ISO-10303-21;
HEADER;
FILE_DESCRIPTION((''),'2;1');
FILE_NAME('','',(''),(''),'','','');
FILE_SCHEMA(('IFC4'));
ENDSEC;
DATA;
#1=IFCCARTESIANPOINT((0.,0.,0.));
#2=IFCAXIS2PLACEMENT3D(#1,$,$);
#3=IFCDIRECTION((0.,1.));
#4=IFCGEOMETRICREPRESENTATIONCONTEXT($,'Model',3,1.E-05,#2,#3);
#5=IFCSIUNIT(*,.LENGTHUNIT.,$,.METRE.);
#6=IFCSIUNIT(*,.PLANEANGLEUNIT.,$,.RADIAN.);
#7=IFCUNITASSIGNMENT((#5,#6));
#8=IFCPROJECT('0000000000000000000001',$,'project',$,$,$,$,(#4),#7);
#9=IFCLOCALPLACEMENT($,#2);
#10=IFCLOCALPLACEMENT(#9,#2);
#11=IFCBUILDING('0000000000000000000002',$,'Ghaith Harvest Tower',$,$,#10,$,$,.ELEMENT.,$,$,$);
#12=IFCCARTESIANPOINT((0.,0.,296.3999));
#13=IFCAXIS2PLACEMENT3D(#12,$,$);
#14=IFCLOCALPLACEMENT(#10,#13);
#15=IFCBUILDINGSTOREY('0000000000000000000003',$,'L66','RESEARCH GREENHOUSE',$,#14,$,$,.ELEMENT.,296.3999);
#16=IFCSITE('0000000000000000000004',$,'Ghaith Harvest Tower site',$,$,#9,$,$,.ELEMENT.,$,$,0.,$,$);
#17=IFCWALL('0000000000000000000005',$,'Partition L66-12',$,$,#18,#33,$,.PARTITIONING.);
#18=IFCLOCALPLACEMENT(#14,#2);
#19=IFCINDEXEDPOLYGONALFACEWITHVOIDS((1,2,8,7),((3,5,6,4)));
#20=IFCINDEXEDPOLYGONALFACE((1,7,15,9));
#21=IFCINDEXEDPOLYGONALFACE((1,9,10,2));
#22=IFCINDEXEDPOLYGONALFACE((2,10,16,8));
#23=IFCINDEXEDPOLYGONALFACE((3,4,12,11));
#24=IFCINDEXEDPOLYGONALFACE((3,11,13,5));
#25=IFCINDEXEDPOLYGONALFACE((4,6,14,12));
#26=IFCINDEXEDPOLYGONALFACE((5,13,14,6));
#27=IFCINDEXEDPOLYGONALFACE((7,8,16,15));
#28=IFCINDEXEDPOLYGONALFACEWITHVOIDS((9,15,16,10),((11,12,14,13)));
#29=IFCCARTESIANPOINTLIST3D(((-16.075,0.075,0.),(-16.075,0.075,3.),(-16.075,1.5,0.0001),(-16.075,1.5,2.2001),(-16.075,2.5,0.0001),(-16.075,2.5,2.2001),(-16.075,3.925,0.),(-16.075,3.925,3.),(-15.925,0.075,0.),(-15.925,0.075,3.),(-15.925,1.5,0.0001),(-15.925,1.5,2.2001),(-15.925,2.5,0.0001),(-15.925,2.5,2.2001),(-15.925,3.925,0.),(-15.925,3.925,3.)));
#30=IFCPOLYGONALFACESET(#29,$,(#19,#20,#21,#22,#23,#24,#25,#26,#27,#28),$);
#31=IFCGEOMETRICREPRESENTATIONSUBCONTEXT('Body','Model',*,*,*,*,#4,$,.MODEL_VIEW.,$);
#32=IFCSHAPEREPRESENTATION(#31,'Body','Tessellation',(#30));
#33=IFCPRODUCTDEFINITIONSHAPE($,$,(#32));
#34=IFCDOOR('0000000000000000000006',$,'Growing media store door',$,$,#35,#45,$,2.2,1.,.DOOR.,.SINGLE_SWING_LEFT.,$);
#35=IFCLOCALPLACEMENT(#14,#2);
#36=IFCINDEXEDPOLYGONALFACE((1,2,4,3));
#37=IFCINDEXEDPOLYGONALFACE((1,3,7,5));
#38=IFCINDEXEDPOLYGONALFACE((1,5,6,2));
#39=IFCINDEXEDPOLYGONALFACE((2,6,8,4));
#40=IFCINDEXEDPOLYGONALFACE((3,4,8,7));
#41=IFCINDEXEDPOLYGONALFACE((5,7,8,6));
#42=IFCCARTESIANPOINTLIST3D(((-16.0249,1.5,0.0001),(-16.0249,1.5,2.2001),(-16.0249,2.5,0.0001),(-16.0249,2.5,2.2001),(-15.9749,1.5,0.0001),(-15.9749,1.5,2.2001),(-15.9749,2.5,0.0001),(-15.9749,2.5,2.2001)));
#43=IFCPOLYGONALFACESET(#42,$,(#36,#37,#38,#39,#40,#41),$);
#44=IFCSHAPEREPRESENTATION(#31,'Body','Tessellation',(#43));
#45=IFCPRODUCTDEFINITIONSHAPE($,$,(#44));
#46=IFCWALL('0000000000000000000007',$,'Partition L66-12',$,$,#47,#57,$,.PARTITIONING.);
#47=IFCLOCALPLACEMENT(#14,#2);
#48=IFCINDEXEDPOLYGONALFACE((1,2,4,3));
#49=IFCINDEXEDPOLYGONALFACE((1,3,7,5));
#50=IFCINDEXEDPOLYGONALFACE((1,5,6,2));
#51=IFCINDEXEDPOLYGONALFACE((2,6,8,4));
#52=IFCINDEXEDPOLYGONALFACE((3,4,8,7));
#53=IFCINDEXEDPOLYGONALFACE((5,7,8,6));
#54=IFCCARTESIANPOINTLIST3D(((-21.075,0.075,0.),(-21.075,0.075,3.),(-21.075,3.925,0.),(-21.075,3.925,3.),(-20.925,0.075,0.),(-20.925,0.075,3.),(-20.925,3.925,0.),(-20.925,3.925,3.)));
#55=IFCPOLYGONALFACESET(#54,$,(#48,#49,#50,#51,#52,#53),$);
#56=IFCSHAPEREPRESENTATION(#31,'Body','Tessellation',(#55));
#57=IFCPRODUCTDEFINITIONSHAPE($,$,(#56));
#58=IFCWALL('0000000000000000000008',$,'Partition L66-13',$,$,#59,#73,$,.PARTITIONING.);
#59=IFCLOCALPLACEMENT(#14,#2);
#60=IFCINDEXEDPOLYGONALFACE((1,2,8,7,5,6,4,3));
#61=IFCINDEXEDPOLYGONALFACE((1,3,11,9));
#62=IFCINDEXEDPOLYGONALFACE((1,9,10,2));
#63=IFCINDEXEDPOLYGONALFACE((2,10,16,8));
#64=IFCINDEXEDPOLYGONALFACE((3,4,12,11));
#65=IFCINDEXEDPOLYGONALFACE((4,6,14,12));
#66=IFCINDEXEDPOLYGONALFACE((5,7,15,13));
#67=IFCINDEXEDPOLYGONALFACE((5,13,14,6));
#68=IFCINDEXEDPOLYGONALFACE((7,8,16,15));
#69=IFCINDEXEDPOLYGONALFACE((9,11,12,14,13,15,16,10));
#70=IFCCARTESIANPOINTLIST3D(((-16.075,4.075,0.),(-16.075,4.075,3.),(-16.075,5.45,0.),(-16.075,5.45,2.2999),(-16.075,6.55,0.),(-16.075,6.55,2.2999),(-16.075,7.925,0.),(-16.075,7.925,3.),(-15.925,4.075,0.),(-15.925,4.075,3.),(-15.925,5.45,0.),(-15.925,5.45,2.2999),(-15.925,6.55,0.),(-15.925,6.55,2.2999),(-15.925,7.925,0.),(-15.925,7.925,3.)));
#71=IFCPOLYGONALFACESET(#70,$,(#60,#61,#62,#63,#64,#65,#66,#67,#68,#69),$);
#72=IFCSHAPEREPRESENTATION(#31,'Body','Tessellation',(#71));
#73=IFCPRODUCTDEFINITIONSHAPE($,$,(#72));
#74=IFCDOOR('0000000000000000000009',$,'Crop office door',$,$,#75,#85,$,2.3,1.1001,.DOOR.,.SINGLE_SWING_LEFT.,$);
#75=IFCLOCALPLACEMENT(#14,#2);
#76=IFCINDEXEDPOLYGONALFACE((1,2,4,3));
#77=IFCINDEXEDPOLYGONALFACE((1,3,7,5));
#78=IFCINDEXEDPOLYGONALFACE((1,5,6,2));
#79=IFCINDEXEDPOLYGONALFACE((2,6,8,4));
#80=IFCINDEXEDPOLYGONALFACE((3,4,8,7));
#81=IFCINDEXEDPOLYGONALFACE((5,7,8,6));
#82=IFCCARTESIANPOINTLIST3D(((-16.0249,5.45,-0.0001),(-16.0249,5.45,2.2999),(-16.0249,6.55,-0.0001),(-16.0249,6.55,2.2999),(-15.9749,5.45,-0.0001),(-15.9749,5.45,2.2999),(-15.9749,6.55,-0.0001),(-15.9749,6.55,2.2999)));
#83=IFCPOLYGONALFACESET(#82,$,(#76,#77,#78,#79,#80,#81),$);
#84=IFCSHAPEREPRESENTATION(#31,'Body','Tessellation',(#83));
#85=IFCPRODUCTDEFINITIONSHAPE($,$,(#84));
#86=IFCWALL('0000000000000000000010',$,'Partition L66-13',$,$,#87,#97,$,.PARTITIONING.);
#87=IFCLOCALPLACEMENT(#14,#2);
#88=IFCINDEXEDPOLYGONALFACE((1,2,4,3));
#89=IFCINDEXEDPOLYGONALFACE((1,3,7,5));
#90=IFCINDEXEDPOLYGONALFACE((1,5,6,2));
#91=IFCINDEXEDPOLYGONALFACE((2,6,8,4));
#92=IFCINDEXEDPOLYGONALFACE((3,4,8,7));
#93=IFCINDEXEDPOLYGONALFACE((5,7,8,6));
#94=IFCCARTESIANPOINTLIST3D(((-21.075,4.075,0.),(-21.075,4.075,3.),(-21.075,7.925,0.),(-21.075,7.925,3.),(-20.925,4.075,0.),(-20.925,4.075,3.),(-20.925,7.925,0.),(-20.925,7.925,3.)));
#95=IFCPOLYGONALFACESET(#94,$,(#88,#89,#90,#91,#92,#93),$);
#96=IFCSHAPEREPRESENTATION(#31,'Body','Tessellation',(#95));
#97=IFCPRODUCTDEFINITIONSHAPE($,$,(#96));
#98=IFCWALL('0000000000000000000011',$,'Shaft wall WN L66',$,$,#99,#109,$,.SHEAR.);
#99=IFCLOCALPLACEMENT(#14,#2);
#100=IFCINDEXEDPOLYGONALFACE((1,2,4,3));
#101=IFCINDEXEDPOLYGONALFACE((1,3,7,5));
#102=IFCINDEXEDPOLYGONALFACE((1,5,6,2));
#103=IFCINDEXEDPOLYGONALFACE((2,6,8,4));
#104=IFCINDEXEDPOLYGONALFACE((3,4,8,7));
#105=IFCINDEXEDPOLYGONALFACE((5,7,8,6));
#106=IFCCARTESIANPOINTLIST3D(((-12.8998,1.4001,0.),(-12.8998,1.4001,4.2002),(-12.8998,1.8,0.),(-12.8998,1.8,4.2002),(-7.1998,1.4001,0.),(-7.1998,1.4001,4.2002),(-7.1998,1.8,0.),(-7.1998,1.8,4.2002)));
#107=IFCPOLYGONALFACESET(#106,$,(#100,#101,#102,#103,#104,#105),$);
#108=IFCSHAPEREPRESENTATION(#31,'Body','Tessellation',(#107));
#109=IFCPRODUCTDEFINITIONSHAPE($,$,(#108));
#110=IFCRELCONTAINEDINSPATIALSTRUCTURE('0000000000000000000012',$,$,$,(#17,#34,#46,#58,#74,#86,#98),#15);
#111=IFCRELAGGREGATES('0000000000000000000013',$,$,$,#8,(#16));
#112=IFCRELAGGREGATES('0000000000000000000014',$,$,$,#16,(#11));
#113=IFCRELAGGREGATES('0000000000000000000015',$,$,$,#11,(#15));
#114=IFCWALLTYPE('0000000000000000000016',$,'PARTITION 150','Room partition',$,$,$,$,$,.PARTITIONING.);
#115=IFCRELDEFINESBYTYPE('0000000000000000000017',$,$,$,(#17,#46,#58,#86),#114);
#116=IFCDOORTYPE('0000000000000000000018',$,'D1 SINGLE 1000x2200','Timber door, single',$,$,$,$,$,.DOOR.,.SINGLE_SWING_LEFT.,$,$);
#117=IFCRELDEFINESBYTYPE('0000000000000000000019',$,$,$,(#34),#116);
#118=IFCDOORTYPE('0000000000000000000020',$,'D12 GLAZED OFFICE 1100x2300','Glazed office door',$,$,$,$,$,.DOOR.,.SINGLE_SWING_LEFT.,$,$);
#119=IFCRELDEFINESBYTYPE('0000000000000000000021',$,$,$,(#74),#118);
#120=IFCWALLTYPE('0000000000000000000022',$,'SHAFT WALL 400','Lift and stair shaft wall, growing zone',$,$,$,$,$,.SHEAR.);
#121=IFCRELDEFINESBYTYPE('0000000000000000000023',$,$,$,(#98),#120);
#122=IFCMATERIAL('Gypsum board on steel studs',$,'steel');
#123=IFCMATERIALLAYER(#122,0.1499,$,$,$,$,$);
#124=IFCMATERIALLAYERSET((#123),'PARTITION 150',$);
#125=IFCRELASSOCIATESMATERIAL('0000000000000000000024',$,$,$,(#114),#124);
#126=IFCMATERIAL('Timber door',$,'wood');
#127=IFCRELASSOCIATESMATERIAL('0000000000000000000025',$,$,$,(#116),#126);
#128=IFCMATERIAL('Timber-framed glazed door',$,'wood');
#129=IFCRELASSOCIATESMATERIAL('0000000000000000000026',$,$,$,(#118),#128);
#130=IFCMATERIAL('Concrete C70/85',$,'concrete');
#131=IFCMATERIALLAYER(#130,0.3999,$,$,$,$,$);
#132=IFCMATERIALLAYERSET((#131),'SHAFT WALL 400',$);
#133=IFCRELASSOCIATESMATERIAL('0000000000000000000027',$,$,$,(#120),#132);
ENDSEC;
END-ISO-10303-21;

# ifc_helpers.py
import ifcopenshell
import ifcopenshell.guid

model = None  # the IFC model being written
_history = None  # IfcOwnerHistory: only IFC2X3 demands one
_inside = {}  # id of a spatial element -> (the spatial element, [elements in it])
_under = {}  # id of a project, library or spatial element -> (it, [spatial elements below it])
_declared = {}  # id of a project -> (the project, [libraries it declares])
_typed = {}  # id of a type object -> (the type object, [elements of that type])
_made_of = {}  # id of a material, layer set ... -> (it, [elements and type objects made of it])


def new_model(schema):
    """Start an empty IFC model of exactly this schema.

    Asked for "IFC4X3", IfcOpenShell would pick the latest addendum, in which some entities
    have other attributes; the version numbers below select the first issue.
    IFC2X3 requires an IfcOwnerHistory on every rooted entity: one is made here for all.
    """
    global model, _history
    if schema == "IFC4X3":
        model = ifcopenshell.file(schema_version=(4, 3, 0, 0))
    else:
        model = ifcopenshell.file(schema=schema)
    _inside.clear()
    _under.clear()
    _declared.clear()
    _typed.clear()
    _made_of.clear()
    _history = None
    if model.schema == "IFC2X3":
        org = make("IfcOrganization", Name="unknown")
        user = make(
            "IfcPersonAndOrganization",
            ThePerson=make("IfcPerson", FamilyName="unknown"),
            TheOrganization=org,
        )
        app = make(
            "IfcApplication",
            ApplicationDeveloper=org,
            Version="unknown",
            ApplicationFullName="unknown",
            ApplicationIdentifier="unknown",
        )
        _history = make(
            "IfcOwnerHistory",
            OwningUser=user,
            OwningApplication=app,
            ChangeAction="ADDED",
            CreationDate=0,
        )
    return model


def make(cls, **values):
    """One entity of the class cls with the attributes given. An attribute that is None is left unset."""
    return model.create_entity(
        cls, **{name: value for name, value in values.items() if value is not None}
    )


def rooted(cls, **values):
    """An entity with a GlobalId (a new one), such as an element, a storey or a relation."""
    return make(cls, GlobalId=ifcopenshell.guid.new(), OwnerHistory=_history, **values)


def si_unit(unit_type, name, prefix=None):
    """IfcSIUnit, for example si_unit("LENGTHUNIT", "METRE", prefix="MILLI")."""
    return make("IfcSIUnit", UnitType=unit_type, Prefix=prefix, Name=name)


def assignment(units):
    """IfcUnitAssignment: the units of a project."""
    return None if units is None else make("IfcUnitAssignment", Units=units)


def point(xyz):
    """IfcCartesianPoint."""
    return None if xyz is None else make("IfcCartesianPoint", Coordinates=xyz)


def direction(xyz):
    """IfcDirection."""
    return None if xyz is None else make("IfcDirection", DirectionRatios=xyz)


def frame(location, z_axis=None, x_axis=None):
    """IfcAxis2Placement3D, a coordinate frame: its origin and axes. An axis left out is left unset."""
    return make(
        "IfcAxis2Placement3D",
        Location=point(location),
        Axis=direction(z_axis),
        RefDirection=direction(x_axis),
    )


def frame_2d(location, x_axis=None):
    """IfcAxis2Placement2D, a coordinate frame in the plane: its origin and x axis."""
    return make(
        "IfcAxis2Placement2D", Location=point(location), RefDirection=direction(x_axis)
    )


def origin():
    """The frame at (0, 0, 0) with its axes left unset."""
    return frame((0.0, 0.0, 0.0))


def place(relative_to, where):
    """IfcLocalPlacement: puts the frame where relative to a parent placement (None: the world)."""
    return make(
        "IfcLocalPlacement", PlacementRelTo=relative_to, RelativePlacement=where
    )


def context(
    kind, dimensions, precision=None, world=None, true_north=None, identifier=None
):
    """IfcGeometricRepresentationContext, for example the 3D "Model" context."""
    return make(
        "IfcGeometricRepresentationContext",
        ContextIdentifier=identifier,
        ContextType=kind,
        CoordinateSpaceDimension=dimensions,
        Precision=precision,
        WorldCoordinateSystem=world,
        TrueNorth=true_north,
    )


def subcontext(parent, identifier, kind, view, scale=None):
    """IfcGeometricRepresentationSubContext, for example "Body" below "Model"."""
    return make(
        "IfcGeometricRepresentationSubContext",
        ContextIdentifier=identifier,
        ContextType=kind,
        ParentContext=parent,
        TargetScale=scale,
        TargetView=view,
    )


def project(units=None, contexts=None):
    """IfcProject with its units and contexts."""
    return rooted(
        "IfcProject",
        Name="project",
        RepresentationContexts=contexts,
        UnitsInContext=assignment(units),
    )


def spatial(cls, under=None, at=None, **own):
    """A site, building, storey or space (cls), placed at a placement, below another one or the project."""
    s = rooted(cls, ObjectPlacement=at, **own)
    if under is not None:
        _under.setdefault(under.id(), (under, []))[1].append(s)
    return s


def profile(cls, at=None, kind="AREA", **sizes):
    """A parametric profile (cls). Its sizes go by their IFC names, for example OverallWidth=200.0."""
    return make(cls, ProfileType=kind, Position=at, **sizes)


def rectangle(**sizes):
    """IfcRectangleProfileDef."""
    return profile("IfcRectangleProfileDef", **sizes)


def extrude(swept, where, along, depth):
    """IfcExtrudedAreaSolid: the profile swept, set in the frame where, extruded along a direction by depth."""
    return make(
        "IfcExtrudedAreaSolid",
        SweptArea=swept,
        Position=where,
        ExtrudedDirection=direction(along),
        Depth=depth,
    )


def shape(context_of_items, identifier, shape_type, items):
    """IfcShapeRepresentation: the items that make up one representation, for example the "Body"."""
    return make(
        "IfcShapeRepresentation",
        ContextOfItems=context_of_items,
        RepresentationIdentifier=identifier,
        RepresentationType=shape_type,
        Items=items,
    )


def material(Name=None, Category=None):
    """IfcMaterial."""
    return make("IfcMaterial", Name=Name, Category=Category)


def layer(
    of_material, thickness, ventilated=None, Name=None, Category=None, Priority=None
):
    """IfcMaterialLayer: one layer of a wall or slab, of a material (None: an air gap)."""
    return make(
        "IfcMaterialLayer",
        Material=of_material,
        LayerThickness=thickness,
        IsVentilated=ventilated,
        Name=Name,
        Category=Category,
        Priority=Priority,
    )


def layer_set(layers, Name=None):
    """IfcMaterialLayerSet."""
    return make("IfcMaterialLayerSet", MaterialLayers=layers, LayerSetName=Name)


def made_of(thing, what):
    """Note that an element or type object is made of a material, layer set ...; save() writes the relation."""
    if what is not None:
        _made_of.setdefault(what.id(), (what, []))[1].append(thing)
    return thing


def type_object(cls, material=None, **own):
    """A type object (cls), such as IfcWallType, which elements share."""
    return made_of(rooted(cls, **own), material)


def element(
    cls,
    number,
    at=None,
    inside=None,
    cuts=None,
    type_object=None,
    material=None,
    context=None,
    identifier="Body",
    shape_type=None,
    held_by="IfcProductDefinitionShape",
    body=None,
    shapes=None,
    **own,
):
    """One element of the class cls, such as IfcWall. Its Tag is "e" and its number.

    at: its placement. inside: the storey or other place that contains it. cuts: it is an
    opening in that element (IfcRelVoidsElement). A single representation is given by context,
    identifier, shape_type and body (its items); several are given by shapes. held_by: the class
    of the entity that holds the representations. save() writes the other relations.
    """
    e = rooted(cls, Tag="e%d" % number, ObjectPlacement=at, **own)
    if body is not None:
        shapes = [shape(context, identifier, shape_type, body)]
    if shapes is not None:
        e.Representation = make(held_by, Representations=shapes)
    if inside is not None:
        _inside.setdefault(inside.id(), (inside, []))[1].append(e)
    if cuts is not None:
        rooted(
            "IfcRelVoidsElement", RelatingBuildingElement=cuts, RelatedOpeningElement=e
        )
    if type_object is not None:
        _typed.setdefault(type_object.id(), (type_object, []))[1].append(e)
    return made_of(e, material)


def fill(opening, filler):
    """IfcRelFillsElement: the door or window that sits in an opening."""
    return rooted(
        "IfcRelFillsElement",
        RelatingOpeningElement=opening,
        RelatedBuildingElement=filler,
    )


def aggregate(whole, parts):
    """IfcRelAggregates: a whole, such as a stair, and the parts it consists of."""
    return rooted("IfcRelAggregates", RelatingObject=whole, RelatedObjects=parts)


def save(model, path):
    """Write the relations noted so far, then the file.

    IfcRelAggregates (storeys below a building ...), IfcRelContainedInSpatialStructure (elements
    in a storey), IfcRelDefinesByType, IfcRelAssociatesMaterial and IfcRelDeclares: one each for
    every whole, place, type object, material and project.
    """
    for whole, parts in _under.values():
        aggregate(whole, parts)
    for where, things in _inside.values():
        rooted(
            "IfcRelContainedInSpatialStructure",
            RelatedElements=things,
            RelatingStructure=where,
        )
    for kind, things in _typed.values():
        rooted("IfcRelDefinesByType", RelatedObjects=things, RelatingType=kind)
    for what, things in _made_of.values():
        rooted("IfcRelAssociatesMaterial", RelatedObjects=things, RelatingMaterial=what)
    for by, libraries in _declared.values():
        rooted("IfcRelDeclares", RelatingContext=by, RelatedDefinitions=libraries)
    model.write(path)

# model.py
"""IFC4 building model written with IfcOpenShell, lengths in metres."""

from ifc_helpers import new_model, si_unit, direction, frame, frame_2d, origin, place, context, subcontext, project, spatial, rectangle, extrude, material, layer, layer_set, type_object, element, fill, save


model = new_model("IFC4")

# Units and contexts
model_context = context("Model", 3, precision=1e-05, world=origin(), true_north=direction((0.0, 1.0)))
body_context = subcontext(model_context, "Body", "Model", "MODEL_VIEW")
ifc_project = project(units=[si_unit("LENGTHUNIT", "METRE"), si_unit("PLANEANGLEUNIT", "RADIAN")], contexts=[model_context])

# Site, building, storey
site_placement = place(None, origin())
site = spatial("IfcSite", under=ifc_project, at=site_placement, Name="Ghaith Harvest Tower site", CompositionType="ELEMENT", RefElevation=0.0)
building_placement = place(site_placement, origin())
building = spatial("IfcBuilding", under=site, at=building_placement, Name="Ghaith Harvest Tower", CompositionType="ELEMENT")
storey_placement = place(building_placement, frame((0.0, 0.0, 296.3999)))
storey = spatial("IfcBuildingStorey", under=building, at=storey_placement, Name="L66", Description="RESEARCH GREENHOUSE", CompositionType="ELEMENT", Elevation=296.3999)

# Shared definitions
ifc_material_1 = material(Name="Gypsum board on steel studs", Category="steel")
ifc_layer_1 = layer(ifc_material_1, 0.1499)
ifc_layer_set_1 = layer_set([ifc_layer_1], Name="PARTITION 150")
wall_type_1 = type_object("IfcWallType", Name="PARTITION 150", Description="Room partition", PredefinedType="PARTITIONING", material=ifc_layer_set_1)

# Wall, opening, door
wall_1_placement = place(storey_placement, frame((-16.0, 0.075, 0.0), z_axis=(0.0, 0.0, 1.0), x_axis=(0.0, 1.0, 0.0)))
wall_1 = element("IfcWall", 1, at=wall_1_placement, inside=storey, type_object=wall_type_1, Name="Partition L66-12", PredefinedType="PARTITIONING", context=body_context, shape_type="SweptSolid", body=[
    extrude(rectangle(XDim=3.8501, YDim=0.1499, at=frame_2d((1.925, 0.0))), origin(), (0.0, 0.0, 1.0), 3.0),
])
opening_1_placement = place(wall_1_placement, frame((1.425, 0.0, 0.0)))
opening_1 = element("IfcOpeningElement", 2, at=opening_1_placement, cuts=wall_1, PredefinedType="OPENING", context=body_context, shape_type="SweptSolid", body=[
    extrude(rectangle(XDim=1.0, YDim=2.2, at=frame_2d((0.5, 1.1001))), frame((0.0, 0.085, 0.0), z_axis=(0.0, -1.0, 0.0), x_axis=(1.0, 0.0, 0.0)), (0.0, 0.0, 1.0), 0.1699),
])
ifc_material_2 = material(Name="Timber door", Category="wood")
door_type_1 = type_object("IfcDoorType", Name="D1 SINGLE 1000x2200", Description="Timber door, single", OperationType="SINGLE_SWING_LEFT", PredefinedType="DOOR", material=ifc_material_2)
door_1_placement = place(opening_1_placement, origin())
door_1 = element("IfcDoor", 3, at=door_1_placement, inside=storey, type_object=door_type_1, Name="Growing media store door", OperationType="SINGLE_SWING_LEFT", OverallHeight=2.2, OverallWidth=1.0, PredefinedType="DOOR", context=body_context, shape_type="SweptSolid", body=[
    extrude(rectangle(XDim=1.0, YDim=2.2, at=frame_2d((0.5, 1.1001))), frame((0.0, 0.0249, 0.0), z_axis=(0.0, -1.0, 0.0), x_axis=(1.0, 0.0, 0.0)), (0.0, 0.0, 1.0), 0.05),
])
fill(opening_1, door_1)

# Wall
wall_2_placement = place(storey_placement, frame((-21.0, 0.075, 0.0), z_axis=(0.0, 0.0, 1.0), x_axis=(0.0, 1.0, 0.0)))
element("IfcWall", 4, at=wall_2_placement, inside=storey, type_object=wall_type_1, Name="Partition L66-12", PredefinedType="PARTITIONING", context=body_context, shape_type="SweptSolid", body=[
    extrude(rectangle(XDim=3.8501, YDim=0.1499, at=frame_2d((1.925, 0.0))), origin(), (0.0, 0.0, 1.0), 3.0),
])

# Wall, opening, door
wall_3_placement = place(storey_placement, frame((-16.0, 4.075, 0.0), z_axis=(0.0, 0.0, 1.0), x_axis=(0.0, 1.0, 0.0)))
wall_3 = element("IfcWall", 5, at=wall_3_placement, inside=storey, type_object=wall_type_1, Name="Partition L66-13", PredefinedType="PARTITIONING", context=body_context, shape_type="SweptSolid", body=[
    extrude(rectangle(XDim=3.8501, YDim=0.1499, at=frame_2d((1.925, 0.0))), origin(), (0.0, 0.0, 1.0), 3.0),
])
opening_2_placement = place(wall_3_placement, frame((1.375, 0.0, 0.0)))
opening_2 = element("IfcOpeningElement", 6, at=opening_2_placement, cuts=wall_3, PredefinedType="OPENING", context=body_context, shape_type="SweptSolid", body=[
    extrude(rectangle(XDim=1.1001, YDim=2.3, at=frame_2d((0.55, 1.1499))), frame((0.0, 0.085, 0.0), z_axis=(0.0, -1.0, 0.0), x_axis=(1.0, 0.0, 0.0)), (0.0, 0.0, 1.0), 0.1699),
])
ifc_material_3 = material(Name="Timber-framed glazed door", Category="wood")
door_type_2 = type_object("IfcDoorType", Name="D12 GLAZED OFFICE 1100x2300", Description="Glazed office door", OperationType="SINGLE_SWING_LEFT", PredefinedType="DOOR", material=ifc_material_3)
door_2_placement = place(opening_2_placement, origin())
door_2 = element("IfcDoor", 7, at=door_2_placement, inside=storey, type_object=door_type_2, Name="Crop office door", OperationType="SINGLE_SWING_LEFT", OverallHeight=2.3, OverallWidth=1.1001, PredefinedType="DOOR", context=body_context, shape_type="SweptSolid", body=[
    extrude(rectangle(XDim=1.1001, YDim=2.3, at=frame_2d((0.55, 1.1499))), frame((0.0, 0.0249, 0.0), z_axis=(0.0, -1.0, 0.0), x_axis=(1.0, 0.0, 0.0)), (0.0, 0.0, 1.0), 0.05),
])
fill(opening_2, door_2)

# Walls
wall_4_placement = place(storey_placement, frame((-21.0, 4.075, 0.0), z_axis=(0.0, 0.0, 1.0), x_axis=(0.0, 1.0, 0.0)))
element("IfcWall", 8, at=wall_4_placement, inside=storey, type_object=wall_type_1, Name="Partition L66-13", PredefinedType="PARTITIONING", context=body_context, shape_type="SweptSolid", body=[
    extrude(rectangle(XDim=3.8501, YDim=0.1499, at=frame_2d((1.925, 0.0))), origin(), (0.0, 0.0, 1.0), 3.0),
])
ifc_material_4 = material(Name="Concrete C70/85", Category="concrete")
ifc_layer_2 = layer(ifc_material_4, 0.3999)
ifc_layer_set_2 = layer_set([ifc_layer_2], Name="SHAFT WALL 400")
wall_type_2 = type_object("IfcWallType", Name="SHAFT WALL 400", Description="Lift and stair shaft wall, growing zone", PredefinedType="SHEAR", material=ifc_layer_set_2)
wall_5_placement = place(storey_placement, frame((-12.8999, 1.6001, 0.0), z_axis=(0.0, 0.0, 1.0), x_axis=(1.0, 0.0, 0.0)))
element("IfcWall", 9, at=wall_5_placement, inside=storey, type_object=wall_type_2, Name="Shaft wall WN L66", PredefinedType="SHEAR", context=body_context, shape_type="SweptSolid", body=[
    extrude(rectangle(XDim=5.7, YDim=0.3999, at=frame_2d((2.8501, 0.0))), origin(), (0.0, 0.0, 1.0), 4.2002),
])

save(model, "model.ifc")
